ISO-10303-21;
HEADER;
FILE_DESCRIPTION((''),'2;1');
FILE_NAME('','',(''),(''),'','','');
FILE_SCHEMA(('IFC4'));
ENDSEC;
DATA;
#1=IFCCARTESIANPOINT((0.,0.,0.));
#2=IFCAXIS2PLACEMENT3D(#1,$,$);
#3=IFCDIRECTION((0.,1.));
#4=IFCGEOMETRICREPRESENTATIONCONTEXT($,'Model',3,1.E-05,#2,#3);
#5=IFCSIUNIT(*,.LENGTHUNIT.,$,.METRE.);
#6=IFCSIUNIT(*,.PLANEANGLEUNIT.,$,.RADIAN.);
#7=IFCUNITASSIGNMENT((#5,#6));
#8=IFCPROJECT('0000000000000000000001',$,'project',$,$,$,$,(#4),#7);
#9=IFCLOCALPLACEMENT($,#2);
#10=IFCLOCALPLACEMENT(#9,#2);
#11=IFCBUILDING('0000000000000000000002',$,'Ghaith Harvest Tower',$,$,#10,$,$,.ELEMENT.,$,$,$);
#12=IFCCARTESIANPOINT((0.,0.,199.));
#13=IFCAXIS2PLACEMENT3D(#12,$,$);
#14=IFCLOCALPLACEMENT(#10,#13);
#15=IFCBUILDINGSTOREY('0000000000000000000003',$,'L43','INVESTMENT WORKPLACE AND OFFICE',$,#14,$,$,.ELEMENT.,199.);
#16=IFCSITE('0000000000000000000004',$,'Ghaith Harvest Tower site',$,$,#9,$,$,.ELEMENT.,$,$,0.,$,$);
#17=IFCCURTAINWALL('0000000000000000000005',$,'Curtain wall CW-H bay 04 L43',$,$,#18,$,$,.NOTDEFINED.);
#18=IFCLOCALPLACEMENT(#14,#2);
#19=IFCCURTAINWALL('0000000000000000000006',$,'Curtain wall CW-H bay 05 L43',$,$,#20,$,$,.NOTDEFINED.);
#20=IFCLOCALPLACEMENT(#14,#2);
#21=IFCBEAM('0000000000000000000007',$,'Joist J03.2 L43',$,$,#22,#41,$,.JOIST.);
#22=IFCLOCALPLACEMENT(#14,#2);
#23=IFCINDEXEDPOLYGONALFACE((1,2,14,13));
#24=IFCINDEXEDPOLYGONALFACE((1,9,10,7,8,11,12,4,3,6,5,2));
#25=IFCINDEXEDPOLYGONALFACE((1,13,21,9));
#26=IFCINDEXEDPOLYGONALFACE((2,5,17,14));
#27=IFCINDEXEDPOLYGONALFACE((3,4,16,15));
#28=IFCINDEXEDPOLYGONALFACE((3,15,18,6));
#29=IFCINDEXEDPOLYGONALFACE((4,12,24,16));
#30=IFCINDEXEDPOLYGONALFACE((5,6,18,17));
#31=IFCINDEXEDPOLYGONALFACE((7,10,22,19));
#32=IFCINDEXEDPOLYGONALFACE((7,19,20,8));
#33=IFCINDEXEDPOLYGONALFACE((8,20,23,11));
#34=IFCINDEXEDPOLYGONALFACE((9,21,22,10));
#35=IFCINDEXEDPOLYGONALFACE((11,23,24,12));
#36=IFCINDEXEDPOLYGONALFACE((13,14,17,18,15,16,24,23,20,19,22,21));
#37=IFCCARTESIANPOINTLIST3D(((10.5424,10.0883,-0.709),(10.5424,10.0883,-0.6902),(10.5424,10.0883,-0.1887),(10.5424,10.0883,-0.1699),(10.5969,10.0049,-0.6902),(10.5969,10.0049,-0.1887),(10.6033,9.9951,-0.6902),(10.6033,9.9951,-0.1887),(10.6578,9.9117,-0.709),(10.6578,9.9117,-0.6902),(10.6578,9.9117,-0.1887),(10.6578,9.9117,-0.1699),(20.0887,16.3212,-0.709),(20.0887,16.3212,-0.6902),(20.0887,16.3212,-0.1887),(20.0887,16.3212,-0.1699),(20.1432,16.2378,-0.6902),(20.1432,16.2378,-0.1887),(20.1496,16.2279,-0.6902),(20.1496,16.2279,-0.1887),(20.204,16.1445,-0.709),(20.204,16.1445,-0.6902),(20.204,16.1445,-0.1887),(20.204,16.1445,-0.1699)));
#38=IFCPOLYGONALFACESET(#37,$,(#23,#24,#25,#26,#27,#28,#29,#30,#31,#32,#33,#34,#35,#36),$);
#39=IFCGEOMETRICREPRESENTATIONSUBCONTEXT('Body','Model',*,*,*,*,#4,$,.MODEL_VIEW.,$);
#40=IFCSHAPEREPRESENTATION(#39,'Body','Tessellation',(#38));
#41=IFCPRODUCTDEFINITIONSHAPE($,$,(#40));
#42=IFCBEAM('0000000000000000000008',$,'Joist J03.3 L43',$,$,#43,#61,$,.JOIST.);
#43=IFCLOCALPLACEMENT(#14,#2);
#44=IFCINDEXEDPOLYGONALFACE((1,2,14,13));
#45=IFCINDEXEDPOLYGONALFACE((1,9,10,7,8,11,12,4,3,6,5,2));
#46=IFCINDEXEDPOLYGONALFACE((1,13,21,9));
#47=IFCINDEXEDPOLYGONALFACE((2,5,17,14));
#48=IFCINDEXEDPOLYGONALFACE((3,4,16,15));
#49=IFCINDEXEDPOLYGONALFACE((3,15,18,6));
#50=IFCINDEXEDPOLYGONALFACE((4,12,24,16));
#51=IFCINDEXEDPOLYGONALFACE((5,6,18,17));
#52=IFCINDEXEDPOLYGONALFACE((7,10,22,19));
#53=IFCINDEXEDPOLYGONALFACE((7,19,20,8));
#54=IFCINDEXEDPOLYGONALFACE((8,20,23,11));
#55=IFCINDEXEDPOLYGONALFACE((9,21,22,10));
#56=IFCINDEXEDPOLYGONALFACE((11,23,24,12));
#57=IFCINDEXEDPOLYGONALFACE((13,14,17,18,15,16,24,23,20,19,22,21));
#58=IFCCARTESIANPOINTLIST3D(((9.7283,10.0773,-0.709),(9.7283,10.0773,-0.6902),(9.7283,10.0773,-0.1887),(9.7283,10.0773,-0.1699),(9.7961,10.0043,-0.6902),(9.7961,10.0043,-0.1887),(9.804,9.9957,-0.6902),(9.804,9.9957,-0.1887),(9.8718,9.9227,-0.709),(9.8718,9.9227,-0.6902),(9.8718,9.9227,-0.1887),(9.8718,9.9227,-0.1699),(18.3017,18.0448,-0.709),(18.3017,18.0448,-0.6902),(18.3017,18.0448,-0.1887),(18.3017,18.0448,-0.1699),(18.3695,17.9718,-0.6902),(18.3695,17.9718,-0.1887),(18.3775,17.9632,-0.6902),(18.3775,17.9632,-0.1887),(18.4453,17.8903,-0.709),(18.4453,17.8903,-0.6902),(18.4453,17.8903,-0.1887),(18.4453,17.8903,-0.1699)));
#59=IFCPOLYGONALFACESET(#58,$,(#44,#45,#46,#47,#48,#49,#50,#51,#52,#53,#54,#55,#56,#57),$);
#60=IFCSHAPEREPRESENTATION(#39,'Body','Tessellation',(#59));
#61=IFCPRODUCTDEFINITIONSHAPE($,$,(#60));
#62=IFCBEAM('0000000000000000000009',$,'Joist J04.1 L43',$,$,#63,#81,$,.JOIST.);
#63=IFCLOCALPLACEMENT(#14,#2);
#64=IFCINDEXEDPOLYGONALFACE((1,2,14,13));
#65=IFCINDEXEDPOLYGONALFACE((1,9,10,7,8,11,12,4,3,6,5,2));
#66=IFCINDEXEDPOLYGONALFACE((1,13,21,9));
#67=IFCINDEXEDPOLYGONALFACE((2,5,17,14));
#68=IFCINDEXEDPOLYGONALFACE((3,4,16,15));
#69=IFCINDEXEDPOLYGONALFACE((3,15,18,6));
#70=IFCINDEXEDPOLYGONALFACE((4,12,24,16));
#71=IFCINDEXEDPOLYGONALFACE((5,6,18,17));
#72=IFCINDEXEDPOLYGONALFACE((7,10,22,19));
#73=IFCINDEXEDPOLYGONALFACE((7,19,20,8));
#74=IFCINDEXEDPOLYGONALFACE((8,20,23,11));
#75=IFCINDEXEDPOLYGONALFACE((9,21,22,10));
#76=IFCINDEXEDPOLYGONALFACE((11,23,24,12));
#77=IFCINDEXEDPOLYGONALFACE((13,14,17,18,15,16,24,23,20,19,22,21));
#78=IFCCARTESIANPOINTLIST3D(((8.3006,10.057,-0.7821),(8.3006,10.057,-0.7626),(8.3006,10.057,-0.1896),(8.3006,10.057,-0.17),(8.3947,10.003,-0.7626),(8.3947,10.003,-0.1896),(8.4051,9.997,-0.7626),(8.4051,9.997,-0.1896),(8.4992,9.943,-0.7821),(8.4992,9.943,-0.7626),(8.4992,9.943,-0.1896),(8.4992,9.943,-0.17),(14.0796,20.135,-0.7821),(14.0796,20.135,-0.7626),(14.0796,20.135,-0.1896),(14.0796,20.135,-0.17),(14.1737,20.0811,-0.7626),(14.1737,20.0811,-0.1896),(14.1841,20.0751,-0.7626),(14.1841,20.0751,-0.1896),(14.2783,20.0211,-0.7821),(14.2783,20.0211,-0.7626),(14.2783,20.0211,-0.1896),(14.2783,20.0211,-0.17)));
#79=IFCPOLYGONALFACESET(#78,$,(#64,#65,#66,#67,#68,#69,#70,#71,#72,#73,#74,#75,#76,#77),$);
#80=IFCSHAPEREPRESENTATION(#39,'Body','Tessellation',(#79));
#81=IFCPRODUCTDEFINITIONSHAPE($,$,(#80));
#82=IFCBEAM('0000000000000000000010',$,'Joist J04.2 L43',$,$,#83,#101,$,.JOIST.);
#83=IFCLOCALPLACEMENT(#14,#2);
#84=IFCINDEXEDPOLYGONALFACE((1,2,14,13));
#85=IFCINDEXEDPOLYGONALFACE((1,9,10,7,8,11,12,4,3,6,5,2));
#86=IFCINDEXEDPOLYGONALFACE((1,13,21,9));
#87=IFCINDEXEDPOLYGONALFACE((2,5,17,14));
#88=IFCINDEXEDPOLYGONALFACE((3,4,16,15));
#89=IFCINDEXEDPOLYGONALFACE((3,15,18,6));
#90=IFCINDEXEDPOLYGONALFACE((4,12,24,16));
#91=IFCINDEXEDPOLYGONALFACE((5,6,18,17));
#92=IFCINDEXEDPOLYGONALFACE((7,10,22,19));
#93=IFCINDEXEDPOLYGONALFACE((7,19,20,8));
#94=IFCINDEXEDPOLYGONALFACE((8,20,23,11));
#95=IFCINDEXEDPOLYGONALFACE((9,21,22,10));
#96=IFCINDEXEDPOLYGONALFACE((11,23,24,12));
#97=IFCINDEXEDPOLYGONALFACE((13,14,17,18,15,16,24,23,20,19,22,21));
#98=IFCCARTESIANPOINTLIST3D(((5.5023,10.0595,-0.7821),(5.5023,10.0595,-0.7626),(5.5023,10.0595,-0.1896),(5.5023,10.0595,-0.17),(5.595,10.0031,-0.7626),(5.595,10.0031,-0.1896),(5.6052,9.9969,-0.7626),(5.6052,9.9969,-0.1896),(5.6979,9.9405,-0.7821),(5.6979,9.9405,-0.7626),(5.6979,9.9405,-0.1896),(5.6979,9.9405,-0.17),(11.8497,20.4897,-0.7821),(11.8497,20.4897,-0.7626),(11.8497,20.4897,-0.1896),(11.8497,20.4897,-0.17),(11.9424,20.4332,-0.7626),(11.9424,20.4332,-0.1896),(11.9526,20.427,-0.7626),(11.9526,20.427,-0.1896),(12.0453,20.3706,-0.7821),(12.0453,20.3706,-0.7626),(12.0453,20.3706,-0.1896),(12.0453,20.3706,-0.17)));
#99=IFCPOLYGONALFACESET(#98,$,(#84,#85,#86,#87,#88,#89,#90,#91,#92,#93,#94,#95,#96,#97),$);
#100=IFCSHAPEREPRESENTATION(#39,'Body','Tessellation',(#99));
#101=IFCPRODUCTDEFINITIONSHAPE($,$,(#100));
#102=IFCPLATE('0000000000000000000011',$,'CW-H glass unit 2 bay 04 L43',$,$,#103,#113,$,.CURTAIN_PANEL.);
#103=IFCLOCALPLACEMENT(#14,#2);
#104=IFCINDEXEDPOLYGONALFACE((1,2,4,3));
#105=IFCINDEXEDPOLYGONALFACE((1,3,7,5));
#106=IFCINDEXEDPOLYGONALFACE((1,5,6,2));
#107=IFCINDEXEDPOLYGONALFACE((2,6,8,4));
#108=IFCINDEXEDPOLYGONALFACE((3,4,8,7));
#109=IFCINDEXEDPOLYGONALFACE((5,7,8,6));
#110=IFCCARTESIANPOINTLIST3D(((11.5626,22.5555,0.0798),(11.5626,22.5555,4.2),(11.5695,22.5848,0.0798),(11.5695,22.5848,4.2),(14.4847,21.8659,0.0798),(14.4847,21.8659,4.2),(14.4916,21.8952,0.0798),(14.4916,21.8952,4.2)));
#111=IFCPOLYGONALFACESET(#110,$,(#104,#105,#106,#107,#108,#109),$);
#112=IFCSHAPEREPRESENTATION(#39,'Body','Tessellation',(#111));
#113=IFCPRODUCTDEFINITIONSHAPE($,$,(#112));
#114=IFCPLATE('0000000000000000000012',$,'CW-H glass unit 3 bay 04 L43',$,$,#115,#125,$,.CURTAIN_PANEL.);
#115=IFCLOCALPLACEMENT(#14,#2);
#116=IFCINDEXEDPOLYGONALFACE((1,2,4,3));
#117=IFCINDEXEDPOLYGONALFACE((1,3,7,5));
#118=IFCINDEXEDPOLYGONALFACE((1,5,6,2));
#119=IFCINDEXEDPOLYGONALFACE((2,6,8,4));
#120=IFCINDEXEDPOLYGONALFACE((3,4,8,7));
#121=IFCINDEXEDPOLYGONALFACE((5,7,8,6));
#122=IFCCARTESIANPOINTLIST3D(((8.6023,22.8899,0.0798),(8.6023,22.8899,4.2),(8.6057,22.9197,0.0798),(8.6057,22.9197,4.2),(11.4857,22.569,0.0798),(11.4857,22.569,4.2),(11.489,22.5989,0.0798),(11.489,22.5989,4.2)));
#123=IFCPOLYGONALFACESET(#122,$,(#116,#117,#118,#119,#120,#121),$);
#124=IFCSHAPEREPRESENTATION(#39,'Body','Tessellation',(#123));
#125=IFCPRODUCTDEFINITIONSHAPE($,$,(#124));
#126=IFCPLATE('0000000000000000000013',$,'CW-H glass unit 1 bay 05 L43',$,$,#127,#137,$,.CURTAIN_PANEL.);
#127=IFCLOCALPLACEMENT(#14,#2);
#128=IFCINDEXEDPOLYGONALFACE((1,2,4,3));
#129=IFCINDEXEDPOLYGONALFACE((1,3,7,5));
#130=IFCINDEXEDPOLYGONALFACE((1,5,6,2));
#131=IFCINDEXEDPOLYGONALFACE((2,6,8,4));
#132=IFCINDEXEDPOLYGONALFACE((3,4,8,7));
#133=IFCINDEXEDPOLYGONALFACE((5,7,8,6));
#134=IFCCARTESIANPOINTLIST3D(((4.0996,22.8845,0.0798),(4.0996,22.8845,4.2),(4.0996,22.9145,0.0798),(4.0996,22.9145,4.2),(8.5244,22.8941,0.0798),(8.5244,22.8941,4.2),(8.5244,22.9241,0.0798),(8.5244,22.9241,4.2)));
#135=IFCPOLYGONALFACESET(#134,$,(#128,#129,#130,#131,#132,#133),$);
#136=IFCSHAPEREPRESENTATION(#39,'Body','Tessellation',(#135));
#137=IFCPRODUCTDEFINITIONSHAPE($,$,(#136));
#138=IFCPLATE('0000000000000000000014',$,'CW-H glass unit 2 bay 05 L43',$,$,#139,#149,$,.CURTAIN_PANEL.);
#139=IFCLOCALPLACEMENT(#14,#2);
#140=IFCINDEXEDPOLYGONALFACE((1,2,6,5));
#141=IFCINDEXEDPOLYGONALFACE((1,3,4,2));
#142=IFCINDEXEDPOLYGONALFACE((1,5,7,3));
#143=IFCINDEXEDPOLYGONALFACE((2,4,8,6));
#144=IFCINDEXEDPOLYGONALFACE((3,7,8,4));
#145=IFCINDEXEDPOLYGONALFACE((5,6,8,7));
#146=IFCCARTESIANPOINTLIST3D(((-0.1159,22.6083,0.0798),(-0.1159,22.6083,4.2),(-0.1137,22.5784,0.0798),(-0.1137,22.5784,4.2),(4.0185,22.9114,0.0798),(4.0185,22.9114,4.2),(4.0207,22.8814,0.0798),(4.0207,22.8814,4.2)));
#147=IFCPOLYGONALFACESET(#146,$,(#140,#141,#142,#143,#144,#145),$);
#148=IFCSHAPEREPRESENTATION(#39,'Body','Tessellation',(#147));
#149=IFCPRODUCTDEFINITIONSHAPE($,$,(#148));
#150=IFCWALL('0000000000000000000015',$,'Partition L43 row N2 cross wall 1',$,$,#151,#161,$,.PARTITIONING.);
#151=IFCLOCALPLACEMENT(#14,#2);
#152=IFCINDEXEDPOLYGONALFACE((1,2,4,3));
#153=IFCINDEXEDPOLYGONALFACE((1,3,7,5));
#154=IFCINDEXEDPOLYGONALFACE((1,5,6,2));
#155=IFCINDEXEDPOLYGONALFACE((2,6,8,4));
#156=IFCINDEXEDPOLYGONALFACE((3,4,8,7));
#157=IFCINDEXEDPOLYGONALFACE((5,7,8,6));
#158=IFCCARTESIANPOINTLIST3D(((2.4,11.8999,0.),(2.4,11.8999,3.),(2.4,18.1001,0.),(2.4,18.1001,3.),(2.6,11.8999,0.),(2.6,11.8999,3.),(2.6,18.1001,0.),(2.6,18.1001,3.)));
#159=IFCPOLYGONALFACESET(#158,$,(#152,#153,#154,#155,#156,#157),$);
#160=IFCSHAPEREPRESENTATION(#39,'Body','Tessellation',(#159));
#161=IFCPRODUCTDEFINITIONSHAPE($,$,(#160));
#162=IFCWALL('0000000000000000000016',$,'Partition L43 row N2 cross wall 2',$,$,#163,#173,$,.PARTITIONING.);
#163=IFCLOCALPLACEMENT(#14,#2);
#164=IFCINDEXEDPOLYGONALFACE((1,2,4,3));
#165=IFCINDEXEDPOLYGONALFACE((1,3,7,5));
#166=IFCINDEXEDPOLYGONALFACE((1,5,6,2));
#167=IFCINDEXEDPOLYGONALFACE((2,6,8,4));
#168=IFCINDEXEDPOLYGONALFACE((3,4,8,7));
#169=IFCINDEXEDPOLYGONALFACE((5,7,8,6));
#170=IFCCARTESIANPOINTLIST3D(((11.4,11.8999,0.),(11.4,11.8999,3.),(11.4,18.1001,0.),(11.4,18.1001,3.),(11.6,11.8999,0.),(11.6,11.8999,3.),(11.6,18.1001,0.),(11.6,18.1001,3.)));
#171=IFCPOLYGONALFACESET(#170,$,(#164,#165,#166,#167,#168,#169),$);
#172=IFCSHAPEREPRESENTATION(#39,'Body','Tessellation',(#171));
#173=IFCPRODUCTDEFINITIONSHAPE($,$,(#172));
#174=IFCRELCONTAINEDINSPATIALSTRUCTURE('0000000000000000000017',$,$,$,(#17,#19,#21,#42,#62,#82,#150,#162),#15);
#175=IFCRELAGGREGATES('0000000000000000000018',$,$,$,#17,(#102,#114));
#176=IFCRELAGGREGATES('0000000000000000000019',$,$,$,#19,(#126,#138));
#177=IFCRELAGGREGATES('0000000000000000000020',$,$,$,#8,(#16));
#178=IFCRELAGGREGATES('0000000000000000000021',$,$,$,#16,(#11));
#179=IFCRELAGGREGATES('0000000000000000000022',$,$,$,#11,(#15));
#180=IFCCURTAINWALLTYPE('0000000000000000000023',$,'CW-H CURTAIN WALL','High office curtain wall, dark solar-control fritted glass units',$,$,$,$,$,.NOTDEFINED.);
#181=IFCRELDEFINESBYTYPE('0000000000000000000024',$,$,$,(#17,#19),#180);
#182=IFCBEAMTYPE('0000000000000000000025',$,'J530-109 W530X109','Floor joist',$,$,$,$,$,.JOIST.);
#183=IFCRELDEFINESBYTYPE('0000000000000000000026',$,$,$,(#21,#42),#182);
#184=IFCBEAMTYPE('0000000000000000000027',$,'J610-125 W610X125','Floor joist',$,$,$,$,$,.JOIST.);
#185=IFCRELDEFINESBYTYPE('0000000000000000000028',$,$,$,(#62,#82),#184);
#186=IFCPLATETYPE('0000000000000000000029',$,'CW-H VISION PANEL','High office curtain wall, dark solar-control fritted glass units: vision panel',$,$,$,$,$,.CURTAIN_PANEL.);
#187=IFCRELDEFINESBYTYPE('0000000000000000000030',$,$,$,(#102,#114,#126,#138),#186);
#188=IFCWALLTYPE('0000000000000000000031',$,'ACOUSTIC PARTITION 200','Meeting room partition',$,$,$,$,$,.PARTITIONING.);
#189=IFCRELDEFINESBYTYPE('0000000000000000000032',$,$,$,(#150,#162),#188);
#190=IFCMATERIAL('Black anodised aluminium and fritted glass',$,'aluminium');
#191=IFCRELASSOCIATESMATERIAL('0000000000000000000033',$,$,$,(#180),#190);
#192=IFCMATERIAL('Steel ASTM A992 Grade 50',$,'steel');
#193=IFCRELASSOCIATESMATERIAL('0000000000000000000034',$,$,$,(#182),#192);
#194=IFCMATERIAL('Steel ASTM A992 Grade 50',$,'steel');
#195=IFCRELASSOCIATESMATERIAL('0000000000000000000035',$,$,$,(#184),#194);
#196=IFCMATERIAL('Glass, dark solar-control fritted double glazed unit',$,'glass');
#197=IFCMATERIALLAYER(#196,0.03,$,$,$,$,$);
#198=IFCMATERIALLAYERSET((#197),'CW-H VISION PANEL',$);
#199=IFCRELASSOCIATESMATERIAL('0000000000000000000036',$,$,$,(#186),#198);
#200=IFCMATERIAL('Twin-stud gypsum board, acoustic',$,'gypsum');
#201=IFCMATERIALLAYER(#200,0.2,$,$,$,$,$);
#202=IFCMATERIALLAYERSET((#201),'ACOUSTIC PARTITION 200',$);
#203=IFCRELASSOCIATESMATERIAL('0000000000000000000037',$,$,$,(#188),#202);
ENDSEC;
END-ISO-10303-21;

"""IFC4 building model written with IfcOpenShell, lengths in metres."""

from ifc_helpers import new_model, si_unit, direction, frame, frame_2d, origin, origin_2d, place, context, subcontext, project, spatial, rectangle, i_section, extrude, material, layer, layer_set, material_profile, profile_set, type_object, element, aggregate, save


model = new_model("IFC4")

# Units and contexts
model_context = context("Model", 3, precision=1e-05, world=origin(), true_north=direction((0.0, 1.0)))
body_context = subcontext(model_context, "Body", "Model", "MODEL_VIEW")
ifc_project = project(units=[si_unit("LENGTHUNIT", "METRE"), si_unit("PLANEANGLEUNIT", "RADIAN")], contexts=[model_context])

# Site, building, storey
site_placement = place(None, origin())
site = spatial("IfcSite", under=ifc_project, at=site_placement, Name="Ghaith Harvest Tower site", CompositionType="ELEMENT", RefElevation=0.0)
building_placement = place(site_placement, origin())
building = spatial("IfcBuilding", under=site, at=building_placement, Name="Ghaith Harvest Tower", CompositionType="ELEMENT")
storey_placement = place(building_placement, frame((0.0, 0.0, 199.0)))
storey = spatial("IfcBuildingStorey", under=building, at=storey_placement, Name="L43", Description="INVESTMENT WORKPLACE AND OFFICE", CompositionType="ELEMENT", Elevation=199.0)

# Curtain wall
ifc_material_1 = material(Name="Black anodised aluminium and fritted glass", Category="aluminium")
curtain_wall_type = type_object("IfcCurtainWallType", Name="CW-H CURTAIN WALL", Description="High office curtain wall, dark solar-control fritted glass units", PredefinedType="NOTDEFINED", material=ifc_material_1)
curtain_wall_1_placement = place(storey_placement, origin())
curtain_wall_1 = element("IfcCurtainWall", 1, at=curtain_wall_1_placement, inside=storey, type_object=curtain_wall_type, Name="Curtain wall CW-H bay 04 L43", PredefinedType="NOTDEFINED")

# Curtain wall
curtain_wall_2_placement = place(storey_placement, origin())
curtain_wall_2 = element("IfcCurtainWall", 2, at=curtain_wall_2_placement, inside=storey, type_object=curtain_wall_type, Name="Curtain wall CW-H bay 05 L43", PredefinedType="NOTDEFINED")

# Beams
ifc_material_2 = material(Name="Steel ASTM A992 Grade 50", Category="steel")
ifc_material_profile_1 = material_profile(ifc_material_2, i_section(OverallWidth=0.2109, OverallDepth=0.5391, WebThickness=0.0117, FlangeThickness=0.0188, at=origin_2d()), Name="W530X109")
ifc_profile_set_1 = profile_set([ifc_material_profile_1], Name="Steel ASTM A992 Grade 50")
beam_type_1 = type_object("IfcBeamType", Name="J530-109 W530X109", Description="Floor joist", PredefinedType="JOIST", material=ifc_profile_set_1)
beam_1_placement = place(storey_placement, frame((10.6001, 10.0, -0.4395), z_axis=(0.837329, 0.546699, 0.0), x_axis=(-0.546699, 0.837329, 0.0)))
element("IfcBeam", 3, at=beam_1_placement, inside=storey, type_object=beam_type_1, Name="Joist J03.2 L43", PredefinedType="JOIST", context=body_context, shape_type="SweptSolid", body=[
    extrude(i_section(OverallWidth=0.2109, OverallDepth=0.5391, WebThickness=0.0117, FlangeThickness=0.0188, at=origin_2d()), origin(), (0.0, 0.0, 1.0), 11.4009),
])
beam_2_placement = place(storey_placement, frame((9.8, 10.0, -0.4395), z_axis=(0.732519, 0.680746, 0.0), x_axis=(-0.680746, 0.732519, 0.0)))
element("IfcBeam", 4, at=beam_2_placement, inside=storey, type_object=beam_type_1, Name="Joist J03.3 L43", PredefinedType="JOIST", context=body_context, shape_type="SweptSolid", body=[
    extrude(i_section(OverallWidth=0.2109, OverallDepth=0.5391, WebThickness=0.0117, FlangeThickness=0.0188, at=origin_2d()), origin(), (0.0, 0.0, 1.0), 11.7041),
])
ifc_material_3 = material(Name="Steel ASTM A992 Grade 50", Category="steel")
ifc_material_profile_2 = material_profile(ifc_material_3, i_section(OverallWidth=0.229, OverallDepth=0.6121, WebThickness=0.012, FlangeThickness=0.0195, at=origin_2d()), Name="W610X125")
ifc_profile_set_2 = profile_set([ifc_material_profile_2], Name="Steel ASTM A992 Grade 50")
beam_type_2 = type_object("IfcBeamType", Name="J610-125 W610X125", Description="Floor joist", PredefinedType="JOIST", material=ifc_profile_set_2)
beam_3_placement = place(storey_placement, frame((8.3999, 10.0, -0.4761), z_axis=(0.497444, 0.867496, 0.0), x_axis=(-0.867496, 0.497444, 0.0)))
element("IfcBeam", 5, at=beam_3_placement, inside=storey, type_object=beam_type_2, Name="Joist J04.1 L43", PredefinedType="JOIST", context=body_context, shape_type="SweptSolid", body=[
    extrude(i_section(OverallWidth=0.229, OverallDepth=0.6121, WebThickness=0.012, FlangeThickness=0.0195, at=origin_2d()), origin(), (0.0, 0.0, 1.0), 11.6174),
])
beam_4_placement = place(storey_placement, frame((5.6001, 10.0, -0.4761), z_axis=(0.519864, 0.854249, 0.0), x_axis=(-0.854249, 0.519864, 0.0)))
element("IfcBeam", 6, at=beam_4_placement, inside=storey, type_object=beam_type_2, Name="Joist J04.2 L43", PredefinedType="JOIST", context=body_context, shape_type="SweptSolid", body=[
    extrude(i_section(OverallWidth=0.229, OverallDepth=0.6121, WebThickness=0.012, FlangeThickness=0.0195, at=origin_2d()), origin(), (0.0, 0.0, 1.0), 12.2097),
])

# Plates
ifc_material_4 = material(Name="Glass, dark solar-control fritted double glazed unit", Category="glass")
ifc_layer_1 = layer(ifc_material_4, 0.03)
ifc_layer_set_1 = layer_set([ifc_layer_1], Name="CW-H VISION PANEL")
plate_type = type_object("IfcPlateType", Name="CW-H VISION PANEL", Description="High office curtain wall, dark solar-control fritted glass units: vision panel", PredefinedType="CURTAIN_PANEL", material=ifc_layer_set_1)
plate_1_placement = place(storey_placement, frame((13.0271, 22.2253, 0.0798), z_axis=(0.0, 0.0, 1.0), x_axis=(-0.973266, 0.22968, 0.0)))
plate_1 = element("IfcPlate", 7, at=plate_1_placement, type_object=plate_type, Name="CW-H glass unit 2 bay 04 L43", PredefinedType="CURTAIN_PANEL", context=body_context, shape_type="SweptSolid", body=[
    extrude(rectangle(XDim=3.0024, YDim=0.03, at=origin_2d()), origin(), (0.0, 0.0, 1.0), 4.1201),
])
plate_2_placement = place(storey_placement, frame((10.0457, 22.7444, 0.0798), z_axis=(0.0, 0.0, 1.0), x_axis=(-0.993865, 0.110598, 0.0)))
plate_2 = element("IfcPlate", 8, at=plate_2_placement, type_object=plate_type, Name="CW-H glass unit 3 bay 04 L43", PredefinedType="CURTAIN_PANEL", context=body_context, shape_type="SweptSolid", body=[
    extrude(rectangle(XDim=2.9011, YDim=0.03, at=origin_2d()), origin(), (0.0, 0.0, 1.0), 4.1201),
])
aggregate(curtain_wall_1, [plate_1, plate_2])
plate_3_placement = place(storey_placement, frame((6.312, 22.9043, 0.0798), z_axis=(0.0, 0.0, 1.0), x_axis=(-0.999998, -0.002171, 0.0)))
plate_3 = element("IfcPlate", 9, at=plate_3_placement, type_object=plate_type, Name="CW-H glass unit 1 bay 05 L43", PredefinedType="CURTAIN_PANEL", context=body_context, shape_type="SweptSolid", body=[
    extrude(rectangle(XDim=4.4248, YDim=0.03, at=origin_2d()), origin(), (0.0, 0.0, 1.0), 4.1201),
])
plate_4_placement = place(storey_placement, frame((1.9524, 22.7449, 0.0798), z_axis=(0.0, 0.0, 1.0), x_axis=(-0.997325, -0.073101, 0.0)))
plate_4 = element("IfcPlate", 10, at=plate_4_placement, type_object=plate_type, Name="CW-H glass unit 2 bay 05 L43", PredefinedType="CURTAIN_PANEL", context=body_context, shape_type="SweptSolid", body=[
    extrude(rectangle(XDim=4.1455, YDim=0.03, at=origin_2d()), origin(), (0.0, 0.0, 1.0), 4.1201),
])
aggregate(curtain_wall_2, [plate_3, plate_4])

# Walls
ifc_material_5 = material(Name="Twin-stud gypsum board, acoustic", Category="gypsum")
ifc_layer_2 = layer(ifc_material_5, 0.2)
ifc_layer_set_2 = layer_set([ifc_layer_2], Name="ACOUSTIC PARTITION 200")
wall_type_1 = type_object("IfcWallType", Name="ACOUSTIC PARTITION 200", Description="Meeting room partition", PredefinedType="PARTITIONING", material=ifc_layer_set_2)
for number, where, z_axis, x_axis, name in (
    (11, (2.5, 11.8999, 0.0), (0.0, 0.0, 1.0), (0.0, 1.0, 0.0), "Partition L43 row N2 cross wall 1"),
    (12, (11.5, 11.8999, 0.0), (0.0, 0.0, 1.0), (0.0, 1.0, 0.0), "Partition L43 row N2 cross wall 2"),
):
    element("IfcWall", number, at=place(storey_placement, frame(where, z_axis=z_axis, x_axis=x_axis)), inside=storey, type_object=wall_type_1, Name=name, PredefinedType="PARTITIONING", context=body_context, shape_type="SweptSolid", body=[
        extrude(rectangle(XDim=6.2002, YDim=0.2, at=frame_2d((3.1001, 0.0))), origin(), (0.0, 0.0, 1.0), 3.0),
    ])

save(model, "model.ifc")
